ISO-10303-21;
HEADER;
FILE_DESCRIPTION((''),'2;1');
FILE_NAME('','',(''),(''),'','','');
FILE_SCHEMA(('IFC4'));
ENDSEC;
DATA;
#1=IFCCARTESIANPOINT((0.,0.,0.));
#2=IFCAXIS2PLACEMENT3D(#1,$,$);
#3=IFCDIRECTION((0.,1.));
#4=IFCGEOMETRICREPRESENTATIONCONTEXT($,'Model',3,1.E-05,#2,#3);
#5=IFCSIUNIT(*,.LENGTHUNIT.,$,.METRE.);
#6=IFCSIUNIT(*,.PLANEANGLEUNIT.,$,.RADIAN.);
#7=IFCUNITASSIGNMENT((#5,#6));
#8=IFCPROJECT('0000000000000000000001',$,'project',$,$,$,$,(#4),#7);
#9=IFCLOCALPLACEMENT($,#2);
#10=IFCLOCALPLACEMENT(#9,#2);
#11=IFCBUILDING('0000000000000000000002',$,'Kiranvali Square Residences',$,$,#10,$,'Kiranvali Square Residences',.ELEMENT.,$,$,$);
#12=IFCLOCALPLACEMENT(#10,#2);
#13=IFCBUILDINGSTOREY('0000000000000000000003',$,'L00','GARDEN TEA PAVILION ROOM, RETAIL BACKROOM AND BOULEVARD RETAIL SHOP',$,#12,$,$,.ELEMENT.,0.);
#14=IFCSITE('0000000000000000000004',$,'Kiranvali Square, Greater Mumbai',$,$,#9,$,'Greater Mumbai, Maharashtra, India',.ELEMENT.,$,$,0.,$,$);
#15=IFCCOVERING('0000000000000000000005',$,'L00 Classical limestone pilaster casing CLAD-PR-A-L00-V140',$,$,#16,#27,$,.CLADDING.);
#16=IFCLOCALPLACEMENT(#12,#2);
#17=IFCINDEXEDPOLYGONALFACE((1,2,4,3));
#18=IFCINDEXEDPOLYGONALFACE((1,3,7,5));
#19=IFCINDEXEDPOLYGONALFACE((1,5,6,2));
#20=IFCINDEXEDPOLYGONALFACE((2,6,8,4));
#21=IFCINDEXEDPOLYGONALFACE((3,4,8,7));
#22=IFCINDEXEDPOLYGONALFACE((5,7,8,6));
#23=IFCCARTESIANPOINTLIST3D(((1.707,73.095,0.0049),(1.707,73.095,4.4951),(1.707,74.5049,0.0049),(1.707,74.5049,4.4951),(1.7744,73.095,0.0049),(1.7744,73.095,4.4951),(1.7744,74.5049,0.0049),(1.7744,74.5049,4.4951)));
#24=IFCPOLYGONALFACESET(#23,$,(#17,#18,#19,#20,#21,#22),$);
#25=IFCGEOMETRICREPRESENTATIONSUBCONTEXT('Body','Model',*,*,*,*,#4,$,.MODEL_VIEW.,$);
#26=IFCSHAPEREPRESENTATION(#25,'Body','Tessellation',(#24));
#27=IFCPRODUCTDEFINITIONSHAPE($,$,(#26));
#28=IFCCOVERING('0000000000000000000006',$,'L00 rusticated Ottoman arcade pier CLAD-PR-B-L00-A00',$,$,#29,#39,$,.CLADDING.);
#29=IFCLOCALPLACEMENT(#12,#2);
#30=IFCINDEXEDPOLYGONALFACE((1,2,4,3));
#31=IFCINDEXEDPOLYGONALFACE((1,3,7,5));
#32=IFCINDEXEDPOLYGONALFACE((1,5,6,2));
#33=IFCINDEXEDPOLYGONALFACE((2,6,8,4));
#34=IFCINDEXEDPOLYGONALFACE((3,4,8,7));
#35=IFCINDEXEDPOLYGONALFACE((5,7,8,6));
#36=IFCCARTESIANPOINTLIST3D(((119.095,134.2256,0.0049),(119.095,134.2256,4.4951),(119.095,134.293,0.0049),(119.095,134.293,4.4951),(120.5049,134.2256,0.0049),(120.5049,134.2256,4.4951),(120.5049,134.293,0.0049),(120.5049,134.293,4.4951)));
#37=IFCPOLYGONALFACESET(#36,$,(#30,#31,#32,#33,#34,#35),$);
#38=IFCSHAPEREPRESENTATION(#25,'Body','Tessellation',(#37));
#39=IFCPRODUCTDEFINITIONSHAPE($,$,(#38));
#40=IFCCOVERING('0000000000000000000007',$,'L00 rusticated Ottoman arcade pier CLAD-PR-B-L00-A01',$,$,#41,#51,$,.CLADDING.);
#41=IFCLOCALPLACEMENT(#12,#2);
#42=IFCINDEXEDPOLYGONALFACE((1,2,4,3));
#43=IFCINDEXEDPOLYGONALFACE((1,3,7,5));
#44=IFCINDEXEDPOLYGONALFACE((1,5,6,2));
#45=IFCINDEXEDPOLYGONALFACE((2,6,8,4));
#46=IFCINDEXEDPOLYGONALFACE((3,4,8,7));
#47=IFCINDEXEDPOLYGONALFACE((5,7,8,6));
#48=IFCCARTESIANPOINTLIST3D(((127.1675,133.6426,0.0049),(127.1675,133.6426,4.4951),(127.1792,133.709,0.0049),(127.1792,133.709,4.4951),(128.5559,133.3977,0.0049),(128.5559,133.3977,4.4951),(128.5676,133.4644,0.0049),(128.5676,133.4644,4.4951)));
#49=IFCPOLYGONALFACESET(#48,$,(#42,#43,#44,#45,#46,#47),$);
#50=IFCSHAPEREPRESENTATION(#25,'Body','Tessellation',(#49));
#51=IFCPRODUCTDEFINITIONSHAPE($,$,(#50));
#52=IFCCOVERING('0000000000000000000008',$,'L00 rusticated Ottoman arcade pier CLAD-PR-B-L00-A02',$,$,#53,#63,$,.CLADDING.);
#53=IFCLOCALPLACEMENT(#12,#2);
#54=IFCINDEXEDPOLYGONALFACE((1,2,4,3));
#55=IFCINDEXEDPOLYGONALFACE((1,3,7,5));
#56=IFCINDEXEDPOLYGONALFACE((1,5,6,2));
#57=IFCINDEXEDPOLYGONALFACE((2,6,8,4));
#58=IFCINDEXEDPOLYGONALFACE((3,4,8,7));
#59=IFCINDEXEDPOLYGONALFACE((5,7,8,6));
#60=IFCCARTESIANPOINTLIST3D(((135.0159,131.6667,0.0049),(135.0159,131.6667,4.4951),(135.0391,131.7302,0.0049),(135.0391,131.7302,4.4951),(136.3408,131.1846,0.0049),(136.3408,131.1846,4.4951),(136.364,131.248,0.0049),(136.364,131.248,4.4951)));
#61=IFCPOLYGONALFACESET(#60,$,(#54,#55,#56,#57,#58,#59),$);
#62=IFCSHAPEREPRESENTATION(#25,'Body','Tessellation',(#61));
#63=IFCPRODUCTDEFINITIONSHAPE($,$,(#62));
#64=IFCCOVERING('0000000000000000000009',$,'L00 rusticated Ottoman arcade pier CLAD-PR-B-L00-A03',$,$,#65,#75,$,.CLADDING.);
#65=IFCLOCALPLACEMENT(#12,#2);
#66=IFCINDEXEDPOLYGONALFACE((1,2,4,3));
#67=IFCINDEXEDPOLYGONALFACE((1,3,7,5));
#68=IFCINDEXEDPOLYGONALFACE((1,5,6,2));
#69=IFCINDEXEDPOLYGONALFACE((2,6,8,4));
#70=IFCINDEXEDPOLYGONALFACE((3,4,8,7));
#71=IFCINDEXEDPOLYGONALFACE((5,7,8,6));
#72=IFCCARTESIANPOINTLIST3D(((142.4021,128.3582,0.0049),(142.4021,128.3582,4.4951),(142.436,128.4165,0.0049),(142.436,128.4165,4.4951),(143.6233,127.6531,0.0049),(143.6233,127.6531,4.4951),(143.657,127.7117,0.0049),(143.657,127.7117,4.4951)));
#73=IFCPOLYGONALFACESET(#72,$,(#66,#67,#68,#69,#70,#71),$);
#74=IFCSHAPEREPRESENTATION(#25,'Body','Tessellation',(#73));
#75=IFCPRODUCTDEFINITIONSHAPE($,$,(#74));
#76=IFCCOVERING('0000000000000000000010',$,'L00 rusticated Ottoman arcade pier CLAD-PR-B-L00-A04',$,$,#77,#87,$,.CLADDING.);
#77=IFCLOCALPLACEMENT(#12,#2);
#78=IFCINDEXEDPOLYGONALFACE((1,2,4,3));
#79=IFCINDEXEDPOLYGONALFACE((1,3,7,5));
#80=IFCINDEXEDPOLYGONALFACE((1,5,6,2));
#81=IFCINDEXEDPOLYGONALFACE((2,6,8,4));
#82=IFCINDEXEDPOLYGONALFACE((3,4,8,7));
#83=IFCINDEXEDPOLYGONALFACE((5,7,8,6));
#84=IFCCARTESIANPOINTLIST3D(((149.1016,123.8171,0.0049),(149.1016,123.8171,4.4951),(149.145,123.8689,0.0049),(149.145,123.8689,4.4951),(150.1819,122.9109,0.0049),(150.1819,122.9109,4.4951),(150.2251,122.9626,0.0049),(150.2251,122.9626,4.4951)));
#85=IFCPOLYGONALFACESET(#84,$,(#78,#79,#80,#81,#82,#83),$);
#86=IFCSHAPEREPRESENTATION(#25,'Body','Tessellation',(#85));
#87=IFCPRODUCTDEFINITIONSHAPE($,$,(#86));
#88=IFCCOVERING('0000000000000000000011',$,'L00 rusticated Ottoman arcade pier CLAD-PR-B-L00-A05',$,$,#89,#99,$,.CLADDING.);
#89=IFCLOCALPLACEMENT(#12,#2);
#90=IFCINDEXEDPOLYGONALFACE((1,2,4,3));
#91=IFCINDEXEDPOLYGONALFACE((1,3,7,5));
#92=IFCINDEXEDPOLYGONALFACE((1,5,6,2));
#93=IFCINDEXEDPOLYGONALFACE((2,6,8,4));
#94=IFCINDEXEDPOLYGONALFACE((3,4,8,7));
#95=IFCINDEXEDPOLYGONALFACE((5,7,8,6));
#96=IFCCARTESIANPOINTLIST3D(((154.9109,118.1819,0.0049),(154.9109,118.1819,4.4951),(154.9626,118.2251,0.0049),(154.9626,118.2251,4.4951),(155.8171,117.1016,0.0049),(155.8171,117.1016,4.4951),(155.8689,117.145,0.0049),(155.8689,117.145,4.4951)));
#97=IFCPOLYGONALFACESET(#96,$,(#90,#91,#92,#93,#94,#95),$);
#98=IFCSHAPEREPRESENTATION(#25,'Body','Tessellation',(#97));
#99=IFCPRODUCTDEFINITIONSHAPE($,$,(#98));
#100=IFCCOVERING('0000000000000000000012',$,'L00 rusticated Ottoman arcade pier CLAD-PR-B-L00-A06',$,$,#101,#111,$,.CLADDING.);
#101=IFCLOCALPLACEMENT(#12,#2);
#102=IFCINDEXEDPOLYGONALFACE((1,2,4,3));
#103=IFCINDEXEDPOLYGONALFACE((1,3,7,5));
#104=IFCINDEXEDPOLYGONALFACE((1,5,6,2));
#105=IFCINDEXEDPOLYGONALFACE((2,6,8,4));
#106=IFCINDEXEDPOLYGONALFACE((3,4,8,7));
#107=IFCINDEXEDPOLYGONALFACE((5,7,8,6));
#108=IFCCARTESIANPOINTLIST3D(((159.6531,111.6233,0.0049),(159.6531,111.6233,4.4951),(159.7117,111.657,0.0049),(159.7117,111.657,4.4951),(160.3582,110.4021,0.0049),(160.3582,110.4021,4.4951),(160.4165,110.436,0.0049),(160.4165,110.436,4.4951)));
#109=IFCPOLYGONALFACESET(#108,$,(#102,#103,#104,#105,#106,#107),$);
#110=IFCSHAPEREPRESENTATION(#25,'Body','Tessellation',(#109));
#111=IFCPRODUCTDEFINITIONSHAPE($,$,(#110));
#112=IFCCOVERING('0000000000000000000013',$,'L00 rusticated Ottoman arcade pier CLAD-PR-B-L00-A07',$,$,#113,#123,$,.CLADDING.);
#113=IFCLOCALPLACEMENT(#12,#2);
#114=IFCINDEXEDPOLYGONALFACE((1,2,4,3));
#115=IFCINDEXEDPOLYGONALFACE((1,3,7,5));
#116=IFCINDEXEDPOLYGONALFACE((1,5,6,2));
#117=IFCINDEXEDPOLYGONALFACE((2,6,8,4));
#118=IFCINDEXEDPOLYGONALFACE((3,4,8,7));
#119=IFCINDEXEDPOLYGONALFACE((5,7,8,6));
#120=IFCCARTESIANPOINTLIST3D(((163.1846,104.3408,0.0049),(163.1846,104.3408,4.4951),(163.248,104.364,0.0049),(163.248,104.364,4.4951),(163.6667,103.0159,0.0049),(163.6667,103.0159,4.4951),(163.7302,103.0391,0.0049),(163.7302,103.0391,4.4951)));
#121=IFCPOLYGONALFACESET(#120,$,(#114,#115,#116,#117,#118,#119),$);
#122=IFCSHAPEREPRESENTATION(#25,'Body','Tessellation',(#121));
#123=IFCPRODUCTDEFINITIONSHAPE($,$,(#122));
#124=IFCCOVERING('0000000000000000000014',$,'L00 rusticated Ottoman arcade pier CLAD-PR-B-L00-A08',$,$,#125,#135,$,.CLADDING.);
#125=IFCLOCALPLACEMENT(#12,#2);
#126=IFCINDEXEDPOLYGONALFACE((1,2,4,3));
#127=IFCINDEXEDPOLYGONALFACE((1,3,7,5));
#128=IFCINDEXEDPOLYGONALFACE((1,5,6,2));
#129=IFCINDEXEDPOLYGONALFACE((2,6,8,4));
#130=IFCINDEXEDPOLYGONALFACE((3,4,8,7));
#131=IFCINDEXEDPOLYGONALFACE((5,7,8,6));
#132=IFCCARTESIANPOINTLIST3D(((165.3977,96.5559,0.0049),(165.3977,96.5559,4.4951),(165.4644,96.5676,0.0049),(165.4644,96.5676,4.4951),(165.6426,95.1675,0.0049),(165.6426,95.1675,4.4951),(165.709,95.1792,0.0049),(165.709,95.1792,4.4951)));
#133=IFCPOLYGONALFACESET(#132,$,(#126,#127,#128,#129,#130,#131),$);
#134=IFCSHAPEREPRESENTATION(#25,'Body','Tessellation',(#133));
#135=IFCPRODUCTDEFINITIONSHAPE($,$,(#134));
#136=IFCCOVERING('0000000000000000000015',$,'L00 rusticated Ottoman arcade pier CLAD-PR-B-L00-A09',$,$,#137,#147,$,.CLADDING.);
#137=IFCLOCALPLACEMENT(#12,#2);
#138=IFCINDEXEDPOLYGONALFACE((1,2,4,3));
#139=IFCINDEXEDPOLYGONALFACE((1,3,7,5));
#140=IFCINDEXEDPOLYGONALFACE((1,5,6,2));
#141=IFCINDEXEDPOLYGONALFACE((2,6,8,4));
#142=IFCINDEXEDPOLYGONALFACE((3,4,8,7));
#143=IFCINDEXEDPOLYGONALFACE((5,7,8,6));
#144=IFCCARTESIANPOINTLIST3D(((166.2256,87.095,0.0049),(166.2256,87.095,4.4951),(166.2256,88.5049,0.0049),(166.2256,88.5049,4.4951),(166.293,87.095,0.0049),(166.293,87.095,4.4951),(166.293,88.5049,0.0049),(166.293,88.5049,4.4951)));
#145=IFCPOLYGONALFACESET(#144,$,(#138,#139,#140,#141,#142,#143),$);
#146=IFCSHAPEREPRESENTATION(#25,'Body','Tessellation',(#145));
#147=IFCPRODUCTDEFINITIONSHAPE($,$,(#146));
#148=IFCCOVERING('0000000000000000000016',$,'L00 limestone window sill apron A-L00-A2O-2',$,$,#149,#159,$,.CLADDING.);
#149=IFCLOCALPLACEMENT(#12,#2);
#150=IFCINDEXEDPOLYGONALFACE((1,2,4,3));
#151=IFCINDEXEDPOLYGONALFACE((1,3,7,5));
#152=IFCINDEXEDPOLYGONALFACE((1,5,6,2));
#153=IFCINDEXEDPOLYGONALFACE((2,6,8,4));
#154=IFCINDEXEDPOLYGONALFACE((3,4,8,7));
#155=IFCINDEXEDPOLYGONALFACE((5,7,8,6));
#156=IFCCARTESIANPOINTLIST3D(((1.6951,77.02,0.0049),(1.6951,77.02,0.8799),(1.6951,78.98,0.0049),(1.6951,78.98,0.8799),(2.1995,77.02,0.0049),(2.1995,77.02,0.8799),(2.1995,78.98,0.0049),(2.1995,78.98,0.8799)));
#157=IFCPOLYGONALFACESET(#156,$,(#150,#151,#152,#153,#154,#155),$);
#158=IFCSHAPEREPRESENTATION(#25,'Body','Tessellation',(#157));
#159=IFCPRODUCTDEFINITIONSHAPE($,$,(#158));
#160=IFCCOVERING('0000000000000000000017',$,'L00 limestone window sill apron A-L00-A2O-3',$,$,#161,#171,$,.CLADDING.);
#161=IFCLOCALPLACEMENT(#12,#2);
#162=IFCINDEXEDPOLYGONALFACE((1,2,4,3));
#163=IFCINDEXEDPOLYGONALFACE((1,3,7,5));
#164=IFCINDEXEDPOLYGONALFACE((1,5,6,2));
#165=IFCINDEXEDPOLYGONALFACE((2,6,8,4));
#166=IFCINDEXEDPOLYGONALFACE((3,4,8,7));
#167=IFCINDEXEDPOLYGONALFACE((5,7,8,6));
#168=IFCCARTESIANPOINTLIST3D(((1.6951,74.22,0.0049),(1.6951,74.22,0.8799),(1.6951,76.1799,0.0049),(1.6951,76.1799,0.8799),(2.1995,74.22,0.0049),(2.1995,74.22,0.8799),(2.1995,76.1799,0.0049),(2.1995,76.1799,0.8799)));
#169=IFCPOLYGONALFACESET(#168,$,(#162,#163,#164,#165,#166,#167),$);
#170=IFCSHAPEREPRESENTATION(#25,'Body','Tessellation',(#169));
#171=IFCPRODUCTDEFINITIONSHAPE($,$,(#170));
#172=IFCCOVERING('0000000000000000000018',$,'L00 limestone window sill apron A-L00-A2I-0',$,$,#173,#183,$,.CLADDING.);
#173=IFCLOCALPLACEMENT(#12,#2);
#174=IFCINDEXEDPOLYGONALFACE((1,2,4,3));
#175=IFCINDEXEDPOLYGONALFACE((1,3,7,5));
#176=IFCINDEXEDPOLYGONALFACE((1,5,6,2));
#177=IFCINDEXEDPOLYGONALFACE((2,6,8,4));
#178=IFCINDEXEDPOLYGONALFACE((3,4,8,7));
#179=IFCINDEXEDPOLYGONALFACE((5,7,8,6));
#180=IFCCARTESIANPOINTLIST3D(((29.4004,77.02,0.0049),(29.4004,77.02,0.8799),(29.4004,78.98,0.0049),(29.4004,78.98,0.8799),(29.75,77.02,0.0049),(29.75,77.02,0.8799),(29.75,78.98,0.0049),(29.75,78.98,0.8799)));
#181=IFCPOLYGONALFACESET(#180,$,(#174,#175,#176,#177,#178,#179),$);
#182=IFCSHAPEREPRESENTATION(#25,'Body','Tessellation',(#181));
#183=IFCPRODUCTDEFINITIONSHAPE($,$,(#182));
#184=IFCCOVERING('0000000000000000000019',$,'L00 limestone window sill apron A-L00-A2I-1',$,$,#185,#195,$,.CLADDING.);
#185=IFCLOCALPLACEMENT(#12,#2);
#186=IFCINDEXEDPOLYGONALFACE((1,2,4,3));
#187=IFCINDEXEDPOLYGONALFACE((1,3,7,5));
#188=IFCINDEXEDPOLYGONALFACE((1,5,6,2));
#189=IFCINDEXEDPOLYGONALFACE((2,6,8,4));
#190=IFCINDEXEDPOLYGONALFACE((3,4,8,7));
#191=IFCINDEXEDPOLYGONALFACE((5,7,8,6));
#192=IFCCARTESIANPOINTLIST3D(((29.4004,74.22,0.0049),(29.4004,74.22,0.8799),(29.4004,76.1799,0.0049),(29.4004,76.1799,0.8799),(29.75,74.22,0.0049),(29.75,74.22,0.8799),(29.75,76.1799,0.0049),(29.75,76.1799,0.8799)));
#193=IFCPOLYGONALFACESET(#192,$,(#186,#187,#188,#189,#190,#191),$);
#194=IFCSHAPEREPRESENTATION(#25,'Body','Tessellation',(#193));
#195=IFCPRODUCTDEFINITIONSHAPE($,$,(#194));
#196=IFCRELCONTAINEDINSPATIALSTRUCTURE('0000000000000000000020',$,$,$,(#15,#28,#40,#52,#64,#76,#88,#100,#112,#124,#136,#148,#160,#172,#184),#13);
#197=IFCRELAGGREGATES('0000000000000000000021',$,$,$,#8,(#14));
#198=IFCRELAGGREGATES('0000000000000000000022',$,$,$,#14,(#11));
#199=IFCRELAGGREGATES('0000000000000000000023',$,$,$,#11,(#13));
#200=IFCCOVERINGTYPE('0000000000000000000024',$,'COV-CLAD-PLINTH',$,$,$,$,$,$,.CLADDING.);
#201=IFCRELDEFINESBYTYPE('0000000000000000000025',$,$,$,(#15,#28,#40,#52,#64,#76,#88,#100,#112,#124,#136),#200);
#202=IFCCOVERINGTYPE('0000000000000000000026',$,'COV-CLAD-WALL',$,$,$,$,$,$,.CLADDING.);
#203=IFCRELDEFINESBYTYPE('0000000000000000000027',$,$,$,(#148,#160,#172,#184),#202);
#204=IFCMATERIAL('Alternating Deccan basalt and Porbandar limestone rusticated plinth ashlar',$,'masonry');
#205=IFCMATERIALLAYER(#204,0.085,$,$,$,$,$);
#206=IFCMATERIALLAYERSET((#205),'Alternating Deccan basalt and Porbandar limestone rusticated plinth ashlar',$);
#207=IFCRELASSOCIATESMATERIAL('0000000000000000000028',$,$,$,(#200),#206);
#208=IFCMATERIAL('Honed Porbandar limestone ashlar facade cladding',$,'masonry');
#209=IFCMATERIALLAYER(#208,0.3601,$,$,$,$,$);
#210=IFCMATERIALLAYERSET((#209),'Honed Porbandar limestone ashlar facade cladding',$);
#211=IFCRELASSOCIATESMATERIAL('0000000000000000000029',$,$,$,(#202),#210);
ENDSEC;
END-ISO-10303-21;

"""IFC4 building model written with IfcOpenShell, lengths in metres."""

from ifc_helpers import new_model, si_unit, direction, frame, origin, place, context, subcontext, project, spatial, polyline, outline, extrude, material, layer, layer_set, type_object, element, save


model = new_model("IFC4")

# Units and contexts
model_context = context("Model", 3, precision=1e-05, world=origin(), true_north=direction((0.0, 1.0)))
body_context = subcontext(model_context, "Body", "Model", "MODEL_VIEW")
ifc_project = project(units=[si_unit("LENGTHUNIT", "METRE"), si_unit("PLANEANGLEUNIT", "RADIAN")], contexts=[model_context])

# Site, building, storey
site_placement = place(None, origin())
site = spatial("IfcSite", under=ifc_project, at=site_placement, Name="Kiranvali Square, Greater Mumbai", LongName="Greater Mumbai, Maharashtra, India", CompositionType="ELEMENT", RefElevation=0.0)
building_placement = place(site_placement, origin())
building = spatial("IfcBuilding", under=site, at=building_placement, Name="Kiranvali Square Residences", LongName="Kiranvali Square Residences", CompositionType="ELEMENT")
storey_placement = place(building_placement, origin())
storey = spatial("IfcBuildingStorey", under=building, at=storey_placement, Name="L00", Description="GARDEN TEA PAVILION ROOM, RETAIL BACKROOM AND BOULEVARD RETAIL SHOP", CompositionType="ELEMENT", Elevation=0.0)

# Coverings
ifc_material_1 = material(Name="Honed Porbandar limestone ashlar facade cladding", Category="masonry")
ifc_material_2 = material(Name="Alternating Deccan basalt and Porbandar limestone rusticated plinth ashlar", Category="masonry")
ifc_layer_1 = layer(ifc_material_2, 0.085)
ifc_layer_set_1 = layer_set([ifc_layer_1], Name="Alternating Deccan basalt and Porbandar limestone rusticated plinth ashlar")
covering_type_1 = type_object("IfcCoveringType", Name="COV-CLAD-PLINTH", PredefinedType="CLADDING", material=ifc_layer_set_1)
covering_1_placement = place(storey_placement, frame((0.0, 0.0, 0.0049)))
element("IfcCovering", 1, at=covering_1_placement, inside=storey, type_object=covering_type_1, Name="L00 Classical limestone pilaster casing CLAD-PR-A-L00-V140", PredefinedType="CLADDING", context=body_context, shape_type="SweptSolid", body=[
    extrude(outline(polyline([(1.707, 74.5049), (1.707, 73.095), (1.7744, 73.095), (1.7744, 74.5049), (1.707, 74.5049)])), origin(), (0.0, 0.0, 1.0), 4.4902),
])
covering_2_placement = place(storey_placement, frame((0.0, 0.0, 0.0049)))
element("IfcCovering", 2, at=covering_2_placement, inside=storey, type_object=covering_type_1, Name="L00 rusticated Ottoman arcade pier CLAD-PR-B-L00-A00", PredefinedType="CLADDING", context=body_context, shape_type="SweptSolid", body=[
    extrude(outline(polyline([(120.5049, 134.293), (119.095, 134.293), (119.095, 134.2256), (120.5049, 134.2256), (120.5049, 134.293)])), origin(), (0.0, 0.0, 1.0), 4.4902),
])
covering_3_placement = place(storey_placement, frame((0.0, 0.0, 0.0049)))
element("IfcCovering", 3, at=covering_3_placement, inside=storey, type_object=covering_type_1, Name="L00 rusticated Ottoman arcade pier CLAD-PR-B-L00-A01", PredefinedType="CLADDING", context=body_context, shape_type="SweptSolid", body=[
    extrude(outline(polyline([(128.5676, 133.4644), (127.1792, 133.709), (127.1675, 133.6426), (128.5559, 133.3977), (128.5676, 133.4644)])), origin(), (0.0, 0.0, 1.0), 4.4902),
])
covering_4_placement = place(storey_placement, frame((0.0, 0.0, 0.0049)))
element("IfcCovering", 4, at=covering_4_placement, inside=storey, type_object=covering_type_1, Name="L00 rusticated Ottoman arcade pier CLAD-PR-B-L00-A02", PredefinedType="CLADDING", context=body_context, shape_type="SweptSolid", body=[
    extrude(outline(polyline([(136.364, 131.248), (135.0391, 131.7302), (135.0159, 131.6667), (136.3408, 131.1846), (136.364, 131.248)])), origin(), (0.0, 0.0, 1.0), 4.4902),
])
covering_5_placement = place(storey_placement, frame((0.0, 0.0, 0.0049)))
element("IfcCovering", 5, at=covering_5_placement, inside=storey, type_object=covering_type_1, Name="L00 rusticated Ottoman arcade pier CLAD-PR-B-L00-A03", PredefinedType="CLADDING", context=body_context, shape_type="SweptSolid", body=[
    extrude(outline(polyline([(143.657, 127.7117), (142.436, 128.4165), (142.4021, 128.3582), (143.6233, 127.6531), (143.657, 127.7117)])), origin(), (0.0, 0.0, 1.0), 4.4902),
])
covering_6_placement = place(storey_placement, frame((0.0, 0.0, 0.0049)))
element("IfcCovering", 6, at=covering_6_placement, inside=storey, type_object=covering_type_1, Name="L00 rusticated Ottoman arcade pier CLAD-PR-B-L00-A04", PredefinedType="CLADDING", context=body_context, shape_type="SweptSolid", body=[
    extrude(outline(polyline([(150.2251, 122.9626), (149.145, 123.8689), (149.1016, 123.8171), (150.1819, 122.9109), (150.2251, 122.9626)])), origin(), (0.0, 0.0, 1.0), 4.4902),
])
covering_7_placement = place(storey_placement, frame((0.0, 0.0, 0.0049)))
element("IfcCovering", 7, at=covering_7_placement, inside=storey, type_object=covering_type_1, Name="L00 rusticated Ottoman arcade pier CLAD-PR-B-L00-A05", PredefinedType="CLADDING", context=body_context, shape_type="SweptSolid", body=[
    extrude(outline(polyline([(155.8689, 117.145), (154.9626, 118.2251), (154.9109, 118.1819), (155.8171, 117.1016), (155.8689, 117.145)])), origin(), (0.0, 0.0, 1.0), 4.4902),
])
covering_8_placement = place(storey_placement, frame((0.0, 0.0, 0.0049)))
element("IfcCovering", 8, at=covering_8_placement, inside=storey, type_object=covering_type_1, Name="L00 rusticated Ottoman arcade pier CLAD-PR-B-L00-A06", PredefinedType="CLADDING", context=body_context, shape_type="SweptSolid", body=[
    extrude(outline(polyline([(160.4165, 110.436), (159.7117, 111.657), (159.6531, 111.6233), (160.3582, 110.4021), (160.4165, 110.436)])), origin(), (0.0, 0.0, 1.0), 4.4902),
])
covering_9_placement = place(storey_placement, frame((0.0, 0.0, 0.0049)))
element("IfcCovering", 9, at=covering_9_placement, inside=storey, type_object=covering_type_1, Name="L00 rusticated Ottoman arcade pier CLAD-PR-B-L00-A07", PredefinedType="CLADDING", context=body_context, shape_type="SweptSolid", body=[
    extrude(outline(polyline([(163.7302, 103.0391), (163.248, 104.364), (163.1846, 104.3408), (163.6667, 103.0159), (163.7302, 103.0391)])), origin(), (0.0, 0.0, 1.0), 4.4902),
])
covering_10_placement = place(storey_placement, frame((0.0, 0.0, 0.0049)))
element("IfcCovering", 10, at=covering_10_placement, inside=storey, type_object=covering_type_1, Name="L00 rusticated Ottoman arcade pier CLAD-PR-B-L00-A08", PredefinedType="CLADDING", context=body_context, shape_type="SweptSolid", body=[
    extrude(outline(polyline([(165.709, 95.1792), (165.4644, 96.5676), (165.3977, 96.5559), (165.6426, 95.1675), (165.709, 95.1792)])), origin(), (0.0, 0.0, 1.0), 4.4902),
])
covering_11_placement = place(storey_placement, frame((0.0, 0.0, 0.0049)))
element("IfcCovering", 11, at=covering_11_placement, inside=storey, type_object=covering_type_1, Name="L00 rusticated Ottoman arcade pier CLAD-PR-B-L00-A09", PredefinedType="CLADDING", context=body_context, shape_type="SweptSolid", body=[
    extrude(outline(polyline([(166.293, 87.095), (166.293, 88.5049), (166.2256, 88.5049), (166.2256, 87.095), (166.293, 87.095)])), origin(), (0.0, 0.0, 1.0), 4.4902),
])
ifc_layer_2 = layer(ifc_material_1, 0.3601)
ifc_layer_set_2 = layer_set([ifc_layer_2], Name="Honed Porbandar limestone ashlar facade cladding")
covering_type_2 = type_object("IfcCoveringType", Name="COV-CLAD-WALL", PredefinedType="CLADDING", material=ifc_layer_set_2)
covering_12_placement = place(storey_placement, frame((0.0, 0.0, 0.0049)))
element("IfcCovering", 12, at=covering_12_placement, inside=storey, type_object=covering_type_2, Name="L00 limestone window sill apron A-L00-A2O-2", PredefinedType="CLADDING", context=body_context, shape_type="SweptSolid", body=[
    extrude(outline(polyline([(1.6951, 78.98), (1.6951, 77.02), (2.1995, 77.02), (2.1995, 78.98), (1.6951, 78.98)])), origin(), (0.0, 0.0, 1.0), 0.875),
])
covering_13_placement = place(storey_placement, frame((0.0, 0.0, 0.0049)))
element("IfcCovering", 13, at=covering_13_placement, inside=storey, type_object=covering_type_2, Name="L00 limestone window sill apron A-L00-A2O-3", PredefinedType="CLADDING", context=body_context, shape_type="SweptSolid", body=[
    extrude(outline(polyline([(1.6951, 76.1799), (1.6951, 74.22), (2.1995, 74.22), (2.1995, 76.1799), (1.6951, 76.1799)])), origin(), (0.0, 0.0, 1.0), 0.875),
])
covering_14_placement = place(storey_placement, frame((0.0, 0.0, 0.0049)))
element("IfcCovering", 14, at=covering_14_placement, inside=storey, type_object=covering_type_2, Name="L00 limestone window sill apron A-L00-A2I-0", PredefinedType="CLADDING", context=body_context, shape_type="SweptSolid", body=[
    extrude(outline(polyline([(29.4004, 78.98), (29.4004, 77.02), (29.75, 77.02), (29.75, 78.98), (29.4004, 78.98)])), origin(), (0.0, 0.0, 1.0), 0.875),
])
covering_15_placement = place(storey_placement, frame((0.0, 0.0, 0.0049)))
element("IfcCovering", 15, at=covering_15_placement, inside=storey, type_object=covering_type_2, Name="L00 limestone window sill apron A-L00-A2I-1", PredefinedType="CLADDING", context=body_context, shape_type="SweptSolid", body=[
    extrude(outline(polyline([(29.4004, 76.1799), (29.4004, 74.22), (29.75, 74.22), (29.75, 76.1799), (29.4004, 76.1799)])), origin(), (0.0, 0.0, 1.0), 0.875),
])

save(model, "model.ifc")
